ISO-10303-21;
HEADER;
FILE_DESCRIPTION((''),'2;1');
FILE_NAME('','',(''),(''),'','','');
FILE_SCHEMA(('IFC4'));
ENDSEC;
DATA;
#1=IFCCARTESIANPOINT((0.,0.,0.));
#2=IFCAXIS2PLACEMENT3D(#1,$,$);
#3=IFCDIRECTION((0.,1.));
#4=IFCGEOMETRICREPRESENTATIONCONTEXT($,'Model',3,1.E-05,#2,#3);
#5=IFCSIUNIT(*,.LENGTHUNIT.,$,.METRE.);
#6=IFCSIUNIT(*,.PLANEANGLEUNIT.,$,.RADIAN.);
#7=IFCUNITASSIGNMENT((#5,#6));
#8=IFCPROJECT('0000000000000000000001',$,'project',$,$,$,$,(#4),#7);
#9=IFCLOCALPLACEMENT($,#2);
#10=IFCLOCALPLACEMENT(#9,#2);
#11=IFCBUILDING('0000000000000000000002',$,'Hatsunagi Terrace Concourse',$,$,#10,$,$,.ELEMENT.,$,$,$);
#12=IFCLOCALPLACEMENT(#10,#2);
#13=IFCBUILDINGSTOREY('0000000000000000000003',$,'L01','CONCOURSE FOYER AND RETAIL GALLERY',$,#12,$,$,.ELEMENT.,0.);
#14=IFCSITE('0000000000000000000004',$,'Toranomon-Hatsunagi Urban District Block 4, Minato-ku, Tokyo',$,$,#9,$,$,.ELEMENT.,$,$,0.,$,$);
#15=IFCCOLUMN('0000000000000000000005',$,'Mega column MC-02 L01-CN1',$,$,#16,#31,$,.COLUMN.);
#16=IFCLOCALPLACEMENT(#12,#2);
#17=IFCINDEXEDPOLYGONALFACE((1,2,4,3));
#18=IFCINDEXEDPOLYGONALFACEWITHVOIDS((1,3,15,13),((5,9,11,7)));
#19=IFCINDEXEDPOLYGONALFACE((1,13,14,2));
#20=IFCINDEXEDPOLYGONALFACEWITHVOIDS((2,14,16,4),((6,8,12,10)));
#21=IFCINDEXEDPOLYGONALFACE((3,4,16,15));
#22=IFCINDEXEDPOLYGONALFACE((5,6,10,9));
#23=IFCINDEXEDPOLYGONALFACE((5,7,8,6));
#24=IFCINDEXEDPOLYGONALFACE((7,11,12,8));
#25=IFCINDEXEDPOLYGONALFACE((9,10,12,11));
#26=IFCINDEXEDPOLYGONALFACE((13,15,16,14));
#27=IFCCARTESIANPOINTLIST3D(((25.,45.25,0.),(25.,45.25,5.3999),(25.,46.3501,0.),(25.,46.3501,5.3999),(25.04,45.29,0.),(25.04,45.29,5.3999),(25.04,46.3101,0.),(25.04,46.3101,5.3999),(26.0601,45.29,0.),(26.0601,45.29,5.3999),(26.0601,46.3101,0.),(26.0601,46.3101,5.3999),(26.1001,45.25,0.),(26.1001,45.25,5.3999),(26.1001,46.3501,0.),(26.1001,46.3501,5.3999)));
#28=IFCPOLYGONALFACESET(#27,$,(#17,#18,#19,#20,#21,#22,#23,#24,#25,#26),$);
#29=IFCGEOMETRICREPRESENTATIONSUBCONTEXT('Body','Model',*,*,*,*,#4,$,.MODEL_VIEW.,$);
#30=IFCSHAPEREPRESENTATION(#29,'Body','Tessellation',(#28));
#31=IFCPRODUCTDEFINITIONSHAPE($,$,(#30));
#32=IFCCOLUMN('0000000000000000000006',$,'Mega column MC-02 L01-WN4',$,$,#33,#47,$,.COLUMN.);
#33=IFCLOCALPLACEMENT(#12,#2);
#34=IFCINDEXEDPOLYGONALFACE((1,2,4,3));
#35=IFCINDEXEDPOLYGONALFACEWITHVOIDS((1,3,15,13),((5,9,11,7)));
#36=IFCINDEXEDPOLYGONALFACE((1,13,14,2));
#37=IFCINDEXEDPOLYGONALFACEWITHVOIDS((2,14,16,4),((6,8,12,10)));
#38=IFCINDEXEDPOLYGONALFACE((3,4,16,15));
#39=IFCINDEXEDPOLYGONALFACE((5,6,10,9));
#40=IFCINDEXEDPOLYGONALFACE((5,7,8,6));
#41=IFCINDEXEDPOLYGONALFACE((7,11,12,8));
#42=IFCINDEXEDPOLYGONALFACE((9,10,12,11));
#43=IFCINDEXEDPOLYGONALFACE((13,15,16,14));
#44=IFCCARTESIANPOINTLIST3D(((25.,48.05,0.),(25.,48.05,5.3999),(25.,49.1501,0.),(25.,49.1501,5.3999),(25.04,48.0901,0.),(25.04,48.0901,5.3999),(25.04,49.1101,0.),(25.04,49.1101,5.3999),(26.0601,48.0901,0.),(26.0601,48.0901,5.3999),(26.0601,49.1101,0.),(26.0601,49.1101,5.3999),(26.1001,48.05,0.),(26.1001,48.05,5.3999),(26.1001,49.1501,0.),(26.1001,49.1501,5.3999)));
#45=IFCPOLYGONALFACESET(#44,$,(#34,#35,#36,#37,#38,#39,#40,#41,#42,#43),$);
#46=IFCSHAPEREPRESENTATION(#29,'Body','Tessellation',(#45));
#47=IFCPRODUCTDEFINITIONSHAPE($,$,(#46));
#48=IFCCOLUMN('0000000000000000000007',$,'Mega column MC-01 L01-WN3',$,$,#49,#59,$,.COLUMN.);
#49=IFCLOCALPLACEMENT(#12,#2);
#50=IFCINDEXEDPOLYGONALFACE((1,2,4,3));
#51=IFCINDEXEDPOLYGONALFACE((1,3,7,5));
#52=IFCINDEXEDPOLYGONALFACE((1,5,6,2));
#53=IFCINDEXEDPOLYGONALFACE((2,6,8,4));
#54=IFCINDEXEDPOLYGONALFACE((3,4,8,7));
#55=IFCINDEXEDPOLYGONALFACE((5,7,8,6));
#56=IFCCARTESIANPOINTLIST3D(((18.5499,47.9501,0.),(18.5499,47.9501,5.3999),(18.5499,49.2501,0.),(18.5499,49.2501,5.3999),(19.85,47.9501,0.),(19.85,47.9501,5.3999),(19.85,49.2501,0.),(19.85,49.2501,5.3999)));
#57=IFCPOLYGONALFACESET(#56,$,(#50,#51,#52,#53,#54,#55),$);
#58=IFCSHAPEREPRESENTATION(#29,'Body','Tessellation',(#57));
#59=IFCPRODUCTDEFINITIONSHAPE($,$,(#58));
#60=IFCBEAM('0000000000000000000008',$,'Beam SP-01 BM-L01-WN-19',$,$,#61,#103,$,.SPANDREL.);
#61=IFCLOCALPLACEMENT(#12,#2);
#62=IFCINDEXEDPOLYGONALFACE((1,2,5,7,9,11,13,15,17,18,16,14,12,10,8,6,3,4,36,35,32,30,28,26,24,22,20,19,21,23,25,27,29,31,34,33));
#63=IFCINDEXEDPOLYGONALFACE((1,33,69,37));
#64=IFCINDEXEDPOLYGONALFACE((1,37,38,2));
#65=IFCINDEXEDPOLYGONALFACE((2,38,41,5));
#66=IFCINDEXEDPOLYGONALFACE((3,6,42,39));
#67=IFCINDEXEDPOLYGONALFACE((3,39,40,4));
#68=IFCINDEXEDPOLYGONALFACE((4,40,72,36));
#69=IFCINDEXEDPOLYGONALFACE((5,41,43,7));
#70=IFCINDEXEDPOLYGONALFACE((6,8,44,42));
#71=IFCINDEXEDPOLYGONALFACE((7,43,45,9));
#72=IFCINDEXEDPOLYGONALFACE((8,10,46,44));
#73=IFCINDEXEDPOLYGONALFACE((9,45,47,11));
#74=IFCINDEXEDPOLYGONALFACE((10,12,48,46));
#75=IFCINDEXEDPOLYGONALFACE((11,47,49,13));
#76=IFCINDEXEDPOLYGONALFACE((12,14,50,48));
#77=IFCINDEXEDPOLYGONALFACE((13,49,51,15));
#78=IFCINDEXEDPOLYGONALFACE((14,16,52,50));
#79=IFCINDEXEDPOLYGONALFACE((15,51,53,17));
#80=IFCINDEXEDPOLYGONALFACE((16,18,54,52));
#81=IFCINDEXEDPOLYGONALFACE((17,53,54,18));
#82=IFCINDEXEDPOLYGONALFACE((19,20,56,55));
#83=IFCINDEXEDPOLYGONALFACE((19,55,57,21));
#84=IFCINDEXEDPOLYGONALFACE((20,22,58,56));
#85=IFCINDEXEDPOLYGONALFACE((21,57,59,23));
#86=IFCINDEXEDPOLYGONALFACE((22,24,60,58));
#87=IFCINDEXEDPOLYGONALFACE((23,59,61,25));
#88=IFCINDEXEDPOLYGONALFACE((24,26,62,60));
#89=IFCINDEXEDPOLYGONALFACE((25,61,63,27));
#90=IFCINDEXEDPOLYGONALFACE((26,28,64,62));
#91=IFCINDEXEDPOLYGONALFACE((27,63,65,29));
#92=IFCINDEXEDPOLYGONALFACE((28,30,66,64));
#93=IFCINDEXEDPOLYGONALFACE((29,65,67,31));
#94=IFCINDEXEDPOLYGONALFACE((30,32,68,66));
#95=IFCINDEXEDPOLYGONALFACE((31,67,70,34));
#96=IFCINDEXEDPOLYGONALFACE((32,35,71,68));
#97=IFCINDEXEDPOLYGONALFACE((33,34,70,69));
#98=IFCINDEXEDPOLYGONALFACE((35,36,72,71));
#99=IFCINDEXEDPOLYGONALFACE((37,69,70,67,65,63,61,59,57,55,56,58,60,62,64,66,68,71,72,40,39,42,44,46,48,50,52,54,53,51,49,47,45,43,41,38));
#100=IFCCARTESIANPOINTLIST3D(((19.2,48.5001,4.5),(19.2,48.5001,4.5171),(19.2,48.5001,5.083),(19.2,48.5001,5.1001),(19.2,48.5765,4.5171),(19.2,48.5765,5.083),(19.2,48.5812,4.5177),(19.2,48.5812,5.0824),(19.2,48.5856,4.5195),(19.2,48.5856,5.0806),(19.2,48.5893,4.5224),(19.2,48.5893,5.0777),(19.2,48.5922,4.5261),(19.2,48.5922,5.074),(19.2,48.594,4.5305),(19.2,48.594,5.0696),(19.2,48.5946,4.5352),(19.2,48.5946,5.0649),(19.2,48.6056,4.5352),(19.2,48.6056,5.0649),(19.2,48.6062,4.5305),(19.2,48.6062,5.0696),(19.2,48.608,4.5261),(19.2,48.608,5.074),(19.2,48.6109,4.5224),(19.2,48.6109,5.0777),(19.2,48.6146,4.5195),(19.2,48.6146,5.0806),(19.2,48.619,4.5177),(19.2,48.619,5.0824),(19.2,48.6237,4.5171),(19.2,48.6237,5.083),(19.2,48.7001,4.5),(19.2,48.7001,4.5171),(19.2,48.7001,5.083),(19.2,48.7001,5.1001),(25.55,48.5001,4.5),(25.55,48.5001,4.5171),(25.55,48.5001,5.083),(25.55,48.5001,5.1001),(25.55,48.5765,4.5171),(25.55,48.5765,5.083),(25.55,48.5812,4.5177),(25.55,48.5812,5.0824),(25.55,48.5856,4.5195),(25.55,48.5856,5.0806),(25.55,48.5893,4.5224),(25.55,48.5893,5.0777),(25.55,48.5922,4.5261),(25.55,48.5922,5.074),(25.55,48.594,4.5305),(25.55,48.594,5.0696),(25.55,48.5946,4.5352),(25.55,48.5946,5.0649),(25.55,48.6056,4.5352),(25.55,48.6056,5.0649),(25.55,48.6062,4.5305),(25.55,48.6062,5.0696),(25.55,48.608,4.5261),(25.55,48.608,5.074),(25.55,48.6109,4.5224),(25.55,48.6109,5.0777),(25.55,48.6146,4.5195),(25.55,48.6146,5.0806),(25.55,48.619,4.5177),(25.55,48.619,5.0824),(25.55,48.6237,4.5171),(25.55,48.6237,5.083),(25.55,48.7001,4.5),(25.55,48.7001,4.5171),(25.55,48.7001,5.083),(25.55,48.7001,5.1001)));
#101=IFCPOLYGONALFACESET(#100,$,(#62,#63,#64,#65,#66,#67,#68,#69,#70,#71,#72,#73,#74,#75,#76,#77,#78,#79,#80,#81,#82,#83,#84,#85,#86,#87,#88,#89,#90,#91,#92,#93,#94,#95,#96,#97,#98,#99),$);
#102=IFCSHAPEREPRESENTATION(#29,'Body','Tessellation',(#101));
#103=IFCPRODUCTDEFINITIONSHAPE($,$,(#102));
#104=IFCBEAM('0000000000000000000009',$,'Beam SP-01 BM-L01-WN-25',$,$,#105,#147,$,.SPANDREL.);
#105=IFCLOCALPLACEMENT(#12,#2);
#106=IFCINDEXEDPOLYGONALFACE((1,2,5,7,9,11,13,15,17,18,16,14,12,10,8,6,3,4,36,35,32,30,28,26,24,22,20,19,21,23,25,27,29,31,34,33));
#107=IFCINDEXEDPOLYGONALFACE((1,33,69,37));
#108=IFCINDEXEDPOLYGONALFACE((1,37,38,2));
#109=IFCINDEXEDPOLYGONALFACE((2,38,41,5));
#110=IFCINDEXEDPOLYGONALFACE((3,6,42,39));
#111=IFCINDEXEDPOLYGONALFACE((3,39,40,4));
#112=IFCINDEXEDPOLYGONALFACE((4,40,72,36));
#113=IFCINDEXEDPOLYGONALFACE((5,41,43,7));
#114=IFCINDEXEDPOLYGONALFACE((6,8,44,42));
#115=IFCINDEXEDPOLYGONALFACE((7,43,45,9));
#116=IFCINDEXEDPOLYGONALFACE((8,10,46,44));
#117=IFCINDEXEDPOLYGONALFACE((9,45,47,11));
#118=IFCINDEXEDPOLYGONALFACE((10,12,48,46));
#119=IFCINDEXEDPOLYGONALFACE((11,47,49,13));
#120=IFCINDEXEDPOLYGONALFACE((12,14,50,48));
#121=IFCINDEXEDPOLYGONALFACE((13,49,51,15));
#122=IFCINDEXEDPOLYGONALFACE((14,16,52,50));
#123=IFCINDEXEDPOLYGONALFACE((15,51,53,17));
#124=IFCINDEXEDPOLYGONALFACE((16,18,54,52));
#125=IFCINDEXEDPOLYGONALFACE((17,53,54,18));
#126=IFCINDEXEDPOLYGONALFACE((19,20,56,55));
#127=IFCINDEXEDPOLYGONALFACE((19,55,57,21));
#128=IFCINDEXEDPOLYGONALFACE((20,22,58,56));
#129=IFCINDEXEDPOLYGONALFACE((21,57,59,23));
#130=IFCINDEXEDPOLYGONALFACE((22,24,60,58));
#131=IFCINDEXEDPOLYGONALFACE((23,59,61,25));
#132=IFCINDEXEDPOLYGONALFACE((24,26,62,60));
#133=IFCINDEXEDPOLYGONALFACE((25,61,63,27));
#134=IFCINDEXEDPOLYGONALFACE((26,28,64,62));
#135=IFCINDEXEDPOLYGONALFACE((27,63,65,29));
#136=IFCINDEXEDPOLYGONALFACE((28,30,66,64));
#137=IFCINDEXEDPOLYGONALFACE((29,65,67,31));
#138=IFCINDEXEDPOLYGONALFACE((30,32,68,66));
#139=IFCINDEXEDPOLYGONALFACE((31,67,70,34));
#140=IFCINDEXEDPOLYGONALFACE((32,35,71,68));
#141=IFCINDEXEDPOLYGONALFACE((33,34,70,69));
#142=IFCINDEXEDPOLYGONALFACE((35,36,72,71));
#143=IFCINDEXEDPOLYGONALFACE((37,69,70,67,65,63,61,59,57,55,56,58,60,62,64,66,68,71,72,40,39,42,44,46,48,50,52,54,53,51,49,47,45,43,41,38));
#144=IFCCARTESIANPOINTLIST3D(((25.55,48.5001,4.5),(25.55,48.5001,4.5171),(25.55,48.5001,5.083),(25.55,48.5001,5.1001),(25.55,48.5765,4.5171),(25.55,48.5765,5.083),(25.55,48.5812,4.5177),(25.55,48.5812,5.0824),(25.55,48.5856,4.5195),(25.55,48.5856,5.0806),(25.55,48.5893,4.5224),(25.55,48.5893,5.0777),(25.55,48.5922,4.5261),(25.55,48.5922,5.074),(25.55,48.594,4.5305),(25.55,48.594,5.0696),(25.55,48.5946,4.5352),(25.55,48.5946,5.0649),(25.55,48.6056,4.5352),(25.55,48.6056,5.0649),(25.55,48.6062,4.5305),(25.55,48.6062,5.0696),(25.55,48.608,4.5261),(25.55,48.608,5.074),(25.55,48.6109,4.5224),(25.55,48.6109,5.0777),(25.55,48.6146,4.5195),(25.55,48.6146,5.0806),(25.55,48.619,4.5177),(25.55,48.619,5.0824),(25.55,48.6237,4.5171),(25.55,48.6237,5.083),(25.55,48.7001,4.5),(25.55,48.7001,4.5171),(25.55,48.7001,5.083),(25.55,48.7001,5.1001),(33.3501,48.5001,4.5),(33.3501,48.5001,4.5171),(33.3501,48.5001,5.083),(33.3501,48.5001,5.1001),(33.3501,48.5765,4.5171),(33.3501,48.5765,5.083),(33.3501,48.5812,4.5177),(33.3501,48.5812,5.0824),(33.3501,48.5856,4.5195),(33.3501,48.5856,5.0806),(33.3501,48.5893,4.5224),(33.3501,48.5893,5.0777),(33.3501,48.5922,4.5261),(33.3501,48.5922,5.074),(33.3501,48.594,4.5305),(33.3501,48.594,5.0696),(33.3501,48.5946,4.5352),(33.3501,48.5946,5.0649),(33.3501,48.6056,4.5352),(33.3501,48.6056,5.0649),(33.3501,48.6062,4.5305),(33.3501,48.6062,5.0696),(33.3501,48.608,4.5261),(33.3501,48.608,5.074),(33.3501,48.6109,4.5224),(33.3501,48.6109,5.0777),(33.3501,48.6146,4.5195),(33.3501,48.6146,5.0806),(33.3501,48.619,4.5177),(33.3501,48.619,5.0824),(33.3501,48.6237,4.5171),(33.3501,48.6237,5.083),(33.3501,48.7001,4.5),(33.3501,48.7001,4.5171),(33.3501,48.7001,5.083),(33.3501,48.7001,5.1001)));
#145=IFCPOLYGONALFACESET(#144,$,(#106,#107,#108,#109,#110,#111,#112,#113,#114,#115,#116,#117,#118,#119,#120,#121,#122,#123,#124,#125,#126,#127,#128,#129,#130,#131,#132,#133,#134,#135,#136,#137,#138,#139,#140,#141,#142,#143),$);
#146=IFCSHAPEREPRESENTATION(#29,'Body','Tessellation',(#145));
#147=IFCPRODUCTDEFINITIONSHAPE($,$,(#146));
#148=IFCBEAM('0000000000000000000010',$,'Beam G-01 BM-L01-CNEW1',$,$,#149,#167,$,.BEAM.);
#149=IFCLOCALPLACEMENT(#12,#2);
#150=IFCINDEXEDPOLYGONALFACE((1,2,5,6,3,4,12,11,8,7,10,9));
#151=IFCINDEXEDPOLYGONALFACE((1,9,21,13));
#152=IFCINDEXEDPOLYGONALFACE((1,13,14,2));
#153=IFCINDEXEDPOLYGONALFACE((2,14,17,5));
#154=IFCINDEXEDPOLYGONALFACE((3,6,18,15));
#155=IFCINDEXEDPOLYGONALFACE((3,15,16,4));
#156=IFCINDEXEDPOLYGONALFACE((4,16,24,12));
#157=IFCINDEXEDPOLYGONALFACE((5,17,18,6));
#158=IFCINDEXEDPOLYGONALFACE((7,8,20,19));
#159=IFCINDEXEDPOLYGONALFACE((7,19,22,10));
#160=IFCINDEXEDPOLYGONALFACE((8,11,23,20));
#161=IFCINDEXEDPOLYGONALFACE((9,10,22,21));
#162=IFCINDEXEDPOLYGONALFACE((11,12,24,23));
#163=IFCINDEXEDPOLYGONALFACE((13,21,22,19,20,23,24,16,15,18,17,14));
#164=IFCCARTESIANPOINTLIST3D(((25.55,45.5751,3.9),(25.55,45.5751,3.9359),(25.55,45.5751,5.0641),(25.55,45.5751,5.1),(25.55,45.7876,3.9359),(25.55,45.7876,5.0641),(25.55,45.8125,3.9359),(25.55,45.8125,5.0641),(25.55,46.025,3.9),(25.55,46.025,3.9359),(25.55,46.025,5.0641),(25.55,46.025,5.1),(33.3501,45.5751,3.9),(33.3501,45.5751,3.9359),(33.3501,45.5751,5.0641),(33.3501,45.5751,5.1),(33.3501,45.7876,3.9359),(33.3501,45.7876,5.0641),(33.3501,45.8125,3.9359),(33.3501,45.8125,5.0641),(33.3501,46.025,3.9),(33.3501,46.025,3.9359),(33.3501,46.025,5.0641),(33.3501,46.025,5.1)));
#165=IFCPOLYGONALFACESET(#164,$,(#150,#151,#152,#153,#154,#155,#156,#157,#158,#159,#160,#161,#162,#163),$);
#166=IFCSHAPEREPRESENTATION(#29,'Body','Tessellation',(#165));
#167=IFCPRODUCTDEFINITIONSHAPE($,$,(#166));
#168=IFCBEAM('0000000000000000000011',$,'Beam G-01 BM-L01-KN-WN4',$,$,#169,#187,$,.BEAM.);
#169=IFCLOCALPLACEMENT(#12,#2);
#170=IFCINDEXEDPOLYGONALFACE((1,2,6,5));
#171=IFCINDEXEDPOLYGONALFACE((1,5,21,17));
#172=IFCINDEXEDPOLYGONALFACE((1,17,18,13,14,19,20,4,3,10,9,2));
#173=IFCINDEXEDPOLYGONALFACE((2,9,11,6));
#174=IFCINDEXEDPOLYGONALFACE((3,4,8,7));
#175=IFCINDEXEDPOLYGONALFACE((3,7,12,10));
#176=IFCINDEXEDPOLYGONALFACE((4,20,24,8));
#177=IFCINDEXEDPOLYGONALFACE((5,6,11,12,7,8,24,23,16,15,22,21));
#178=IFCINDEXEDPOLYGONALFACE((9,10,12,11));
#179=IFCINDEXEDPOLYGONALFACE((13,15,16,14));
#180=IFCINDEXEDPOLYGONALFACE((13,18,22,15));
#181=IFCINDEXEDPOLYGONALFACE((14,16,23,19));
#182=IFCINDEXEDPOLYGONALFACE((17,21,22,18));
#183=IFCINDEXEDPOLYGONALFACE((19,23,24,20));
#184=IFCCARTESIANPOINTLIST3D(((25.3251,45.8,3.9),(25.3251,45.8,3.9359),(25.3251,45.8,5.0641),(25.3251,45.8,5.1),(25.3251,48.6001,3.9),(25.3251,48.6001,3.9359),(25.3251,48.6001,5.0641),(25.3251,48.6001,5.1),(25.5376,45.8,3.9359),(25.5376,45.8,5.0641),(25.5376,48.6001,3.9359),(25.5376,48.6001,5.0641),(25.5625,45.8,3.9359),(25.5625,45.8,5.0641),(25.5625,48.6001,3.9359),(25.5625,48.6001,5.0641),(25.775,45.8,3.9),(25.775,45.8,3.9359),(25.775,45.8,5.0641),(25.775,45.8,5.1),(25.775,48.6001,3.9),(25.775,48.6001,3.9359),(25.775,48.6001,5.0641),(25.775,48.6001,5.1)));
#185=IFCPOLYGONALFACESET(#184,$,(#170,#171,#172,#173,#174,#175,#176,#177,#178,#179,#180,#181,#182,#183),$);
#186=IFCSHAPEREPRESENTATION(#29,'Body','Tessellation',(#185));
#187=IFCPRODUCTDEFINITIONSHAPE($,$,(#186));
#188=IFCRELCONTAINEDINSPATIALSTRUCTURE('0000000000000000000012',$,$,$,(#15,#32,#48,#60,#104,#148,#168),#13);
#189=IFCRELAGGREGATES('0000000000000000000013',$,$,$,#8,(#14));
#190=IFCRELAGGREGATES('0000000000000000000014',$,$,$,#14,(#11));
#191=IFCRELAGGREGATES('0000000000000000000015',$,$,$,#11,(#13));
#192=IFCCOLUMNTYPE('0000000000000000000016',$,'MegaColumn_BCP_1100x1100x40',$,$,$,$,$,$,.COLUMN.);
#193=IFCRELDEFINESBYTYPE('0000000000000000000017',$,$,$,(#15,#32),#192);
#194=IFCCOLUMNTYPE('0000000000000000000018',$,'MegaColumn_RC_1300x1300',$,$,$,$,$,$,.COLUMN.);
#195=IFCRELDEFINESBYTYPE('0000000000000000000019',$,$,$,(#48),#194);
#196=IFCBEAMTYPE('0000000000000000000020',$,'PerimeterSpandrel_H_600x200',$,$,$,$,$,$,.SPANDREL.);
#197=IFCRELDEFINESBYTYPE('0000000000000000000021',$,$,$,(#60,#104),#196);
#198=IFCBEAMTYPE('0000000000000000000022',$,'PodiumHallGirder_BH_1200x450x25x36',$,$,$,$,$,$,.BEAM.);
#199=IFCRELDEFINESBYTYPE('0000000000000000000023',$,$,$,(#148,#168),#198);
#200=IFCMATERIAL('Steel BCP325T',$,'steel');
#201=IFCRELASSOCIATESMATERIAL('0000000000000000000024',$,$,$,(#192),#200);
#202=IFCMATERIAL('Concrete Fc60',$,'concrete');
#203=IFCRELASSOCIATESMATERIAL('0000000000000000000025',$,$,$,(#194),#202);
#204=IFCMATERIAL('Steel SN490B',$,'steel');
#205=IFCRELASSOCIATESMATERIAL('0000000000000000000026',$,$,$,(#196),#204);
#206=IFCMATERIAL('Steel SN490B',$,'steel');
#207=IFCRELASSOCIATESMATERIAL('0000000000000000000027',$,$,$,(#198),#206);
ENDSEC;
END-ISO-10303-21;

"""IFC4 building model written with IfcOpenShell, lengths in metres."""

from ifc_helpers import new_model, si_unit, direction, frame, origin, origin_2d, place, context, subcontext, project, spatial, rectangle, hollow_rectangle, i_section, extrude, material, material_profile, profile_set, type_object, element, save


model = new_model("IFC4")

# Units and contexts
model_context = context("Model", 3, precision=1e-05, world=origin(), true_north=direction((0.0, 1.0)))
body_context = subcontext(model_context, "Body", "Model", "MODEL_VIEW")
ifc_project = project(units=[si_unit("LENGTHUNIT", "METRE"), si_unit("PLANEANGLEUNIT", "RADIAN")], contexts=[model_context])

# Site, building, storey
site_placement = place(None, origin())
site = spatial("IfcSite", under=ifc_project, at=site_placement, Name="Toranomon-Hatsunagi Urban District Block 4, Minato-ku, Tokyo", CompositionType="ELEMENT", RefElevation=0.0)
building_placement = place(site_placement, origin())
building = spatial("IfcBuilding", under=site, at=building_placement, Name="Hatsunagi Terrace Concourse", CompositionType="ELEMENT")
storey_placement = place(building_placement, origin())
storey = spatial("IfcBuildingStorey", under=building, at=storey_placement, Name="L01", Description="CONCOURSE FOYER AND RETAIL GALLERY", CompositionType="ELEMENT", Elevation=0.0)

# Columns
ifc_material_1 = material(Name="Steel BCP325T", Category="steel")
ifc_material_profile_1 = material_profile(ifc_material_1, hollow_rectangle(XDim=1.1001, YDim=1.1001, WallThickness=0.04, at=origin_2d()), Name="BCP-1100x1100x40")
ifc_profile_set_1 = profile_set([ifc_material_profile_1], Name="Steel BCP325T")
column_type_1 = type_object("IfcColumnType", Name="MegaColumn_BCP_1100x1100x40", PredefinedType="COLUMN", material=ifc_profile_set_1)
for number, where, z_axis, x_axis, name in (
    (1, (25.55, 45.8, 0.0), (0.0, 0.0, 1.0), (1.0, 0.0, 0.0), "Mega column MC-02 L01-CN1"),
    (2, (25.55, 48.6001, 0.0), (0.0, 0.0, 1.0), (1.0, 0.0, 0.0), "Mega column MC-02 L01-WN4"),
):
    element("IfcColumn", number, at=place(storey_placement, frame(where, z_axis=z_axis, x_axis=x_axis)), inside=storey, type_object=column_type_1, Name=name, PredefinedType="COLUMN", context=body_context, shape_type="SweptSolid", body=[
        extrude(hollow_rectangle(XDim=1.1001, YDim=1.1001, WallThickness=0.04, at=origin_2d()), origin(), (0.0, 0.0, 1.0), 5.3999),
    ])
ifc_material_2 = material(Name="Concrete Fc60", Category="concrete")
ifc_material_profile_2 = material_profile(ifc_material_2, rectangle(XDim=1.3, YDim=1.3, at=origin_2d()), Name="RC-1300x1300")
ifc_profile_set_2 = profile_set([ifc_material_profile_2], Name="Concrete Fc60")
column_type_2 = type_object("IfcColumnType", Name="MegaColumn_RC_1300x1300", PredefinedType="COLUMN", material=ifc_profile_set_2)
column_placement = place(storey_placement, frame((19.2, 48.6001, 0.0), z_axis=(0.0, 0.0, 1.0), x_axis=(1.0, 0.0, 0.0)))
element("IfcColumn", 3, at=column_placement, inside=storey, type_object=column_type_2, Name="Mega column MC-01 L01-WN3", PredefinedType="COLUMN", context=body_context, shape_type="SweptSolid", body=[
    extrude(rectangle(XDim=1.3, YDim=1.3, at=origin_2d()), origin(), (0.0, 0.0, 1.0), 5.3999),
])

# Beams
ifc_material_3 = material(Name="Steel SN490B", Category="steel")
ifc_material_profile_3 = material_profile(ifc_material_3, i_section(OverallWidth=0.2, OverallDepth=0.6001, WebThickness=0.011, FlangeThickness=0.0171, FilletRadius=0.0181, at=origin_2d()), Name="H-600x200x11x17")
ifc_profile_set_3 = profile_set([ifc_material_profile_3], Name="Steel SN490B")
beam_type_1 = type_object("IfcBeamType", Name="PerimeterSpandrel_H_600x200", PredefinedType="SPANDREL", material=ifc_profile_set_3)
beam_1_placement = place(storey_placement, frame((19.2, 48.6001, 4.8), z_axis=(1.0, 0.0, 0.0), x_axis=(0.0, 1.0, 0.0)))
element("IfcBeam", 4, at=beam_1_placement, inside=storey, type_object=beam_type_1, Name="Beam SP-01 BM-L01-WN-19", PredefinedType="SPANDREL", context=body_context, shape_type="SweptSolid", body=[
    extrude(i_section(OverallWidth=0.2, OverallDepth=0.6001, WebThickness=0.011, FlangeThickness=0.0171, FilletRadius=0.0181, at=origin_2d()), origin(), (0.0, 0.0, 1.0), 6.3501),
])
beam_2_placement = place(storey_placement, frame((25.55, 48.6001, 4.8), z_axis=(1.0, 0.0, 0.0), x_axis=(0.0, 1.0, 0.0)))
element("IfcBeam", 5, at=beam_2_placement, inside=storey, type_object=beam_type_1, Name="Beam SP-01 BM-L01-WN-25", PredefinedType="SPANDREL", context=body_context, shape_type="SweptSolid", body=[
    extrude(i_section(OverallWidth=0.2, OverallDepth=0.6001, WebThickness=0.011, FlangeThickness=0.0171, FilletRadius=0.0181, at=origin_2d()), origin(), (0.0, 0.0, 1.0), 7.8),
])
ifc_material_4 = material(Name="Steel SN490B", Category="steel")
ifc_material_profile_4 = material_profile(ifc_material_4, i_section(OverallWidth=0.45, OverallDepth=1.2, WebThickness=0.0249, FlangeThickness=0.0359, at=origin_2d()), Name="BH-1200x450x25x36")
ifc_profile_set_4 = profile_set([ifc_material_profile_4], Name="Steel SN490B")
beam_type_2 = type_object("IfcBeamType", Name="PodiumHallGirder_BH_1200x450x25x36", PredefinedType="BEAM", material=ifc_profile_set_4)
beam_3_placement = place(storey_placement, frame((25.55, 45.8, 4.5), z_axis=(1.0, 0.0, 0.0), x_axis=(0.0, 1.0, 0.0)))
element("IfcBeam", 6, at=beam_3_placement, inside=storey, type_object=beam_type_2, Name="Beam G-01 BM-L01-CNEW1", PredefinedType="BEAM", context=body_context, shape_type="SweptSolid", body=[
    extrude(i_section(OverallWidth=0.45, OverallDepth=1.2, WebThickness=0.0249, FlangeThickness=0.0359, at=origin_2d()), origin(), (0.0, 0.0, 1.0), 7.8),
])
beam_4_placement = place(storey_placement, frame((25.55, 45.8, 4.5), z_axis=(0.0, 1.0, 0.0), x_axis=(-1.0, 0.0, 0.0)))
element("IfcBeam", 7, at=beam_4_placement, inside=storey, type_object=beam_type_2, Name="Beam G-01 BM-L01-KN-WN4", PredefinedType="BEAM", context=body_context, shape_type="SweptSolid", body=[
    extrude(i_section(OverallWidth=0.45, OverallDepth=1.2, WebThickness=0.0249, FlangeThickness=0.0359, at=origin_2d()), origin(), (0.0, 0.0, 1.0), 2.8),
])

save(model, "model.ifc")
